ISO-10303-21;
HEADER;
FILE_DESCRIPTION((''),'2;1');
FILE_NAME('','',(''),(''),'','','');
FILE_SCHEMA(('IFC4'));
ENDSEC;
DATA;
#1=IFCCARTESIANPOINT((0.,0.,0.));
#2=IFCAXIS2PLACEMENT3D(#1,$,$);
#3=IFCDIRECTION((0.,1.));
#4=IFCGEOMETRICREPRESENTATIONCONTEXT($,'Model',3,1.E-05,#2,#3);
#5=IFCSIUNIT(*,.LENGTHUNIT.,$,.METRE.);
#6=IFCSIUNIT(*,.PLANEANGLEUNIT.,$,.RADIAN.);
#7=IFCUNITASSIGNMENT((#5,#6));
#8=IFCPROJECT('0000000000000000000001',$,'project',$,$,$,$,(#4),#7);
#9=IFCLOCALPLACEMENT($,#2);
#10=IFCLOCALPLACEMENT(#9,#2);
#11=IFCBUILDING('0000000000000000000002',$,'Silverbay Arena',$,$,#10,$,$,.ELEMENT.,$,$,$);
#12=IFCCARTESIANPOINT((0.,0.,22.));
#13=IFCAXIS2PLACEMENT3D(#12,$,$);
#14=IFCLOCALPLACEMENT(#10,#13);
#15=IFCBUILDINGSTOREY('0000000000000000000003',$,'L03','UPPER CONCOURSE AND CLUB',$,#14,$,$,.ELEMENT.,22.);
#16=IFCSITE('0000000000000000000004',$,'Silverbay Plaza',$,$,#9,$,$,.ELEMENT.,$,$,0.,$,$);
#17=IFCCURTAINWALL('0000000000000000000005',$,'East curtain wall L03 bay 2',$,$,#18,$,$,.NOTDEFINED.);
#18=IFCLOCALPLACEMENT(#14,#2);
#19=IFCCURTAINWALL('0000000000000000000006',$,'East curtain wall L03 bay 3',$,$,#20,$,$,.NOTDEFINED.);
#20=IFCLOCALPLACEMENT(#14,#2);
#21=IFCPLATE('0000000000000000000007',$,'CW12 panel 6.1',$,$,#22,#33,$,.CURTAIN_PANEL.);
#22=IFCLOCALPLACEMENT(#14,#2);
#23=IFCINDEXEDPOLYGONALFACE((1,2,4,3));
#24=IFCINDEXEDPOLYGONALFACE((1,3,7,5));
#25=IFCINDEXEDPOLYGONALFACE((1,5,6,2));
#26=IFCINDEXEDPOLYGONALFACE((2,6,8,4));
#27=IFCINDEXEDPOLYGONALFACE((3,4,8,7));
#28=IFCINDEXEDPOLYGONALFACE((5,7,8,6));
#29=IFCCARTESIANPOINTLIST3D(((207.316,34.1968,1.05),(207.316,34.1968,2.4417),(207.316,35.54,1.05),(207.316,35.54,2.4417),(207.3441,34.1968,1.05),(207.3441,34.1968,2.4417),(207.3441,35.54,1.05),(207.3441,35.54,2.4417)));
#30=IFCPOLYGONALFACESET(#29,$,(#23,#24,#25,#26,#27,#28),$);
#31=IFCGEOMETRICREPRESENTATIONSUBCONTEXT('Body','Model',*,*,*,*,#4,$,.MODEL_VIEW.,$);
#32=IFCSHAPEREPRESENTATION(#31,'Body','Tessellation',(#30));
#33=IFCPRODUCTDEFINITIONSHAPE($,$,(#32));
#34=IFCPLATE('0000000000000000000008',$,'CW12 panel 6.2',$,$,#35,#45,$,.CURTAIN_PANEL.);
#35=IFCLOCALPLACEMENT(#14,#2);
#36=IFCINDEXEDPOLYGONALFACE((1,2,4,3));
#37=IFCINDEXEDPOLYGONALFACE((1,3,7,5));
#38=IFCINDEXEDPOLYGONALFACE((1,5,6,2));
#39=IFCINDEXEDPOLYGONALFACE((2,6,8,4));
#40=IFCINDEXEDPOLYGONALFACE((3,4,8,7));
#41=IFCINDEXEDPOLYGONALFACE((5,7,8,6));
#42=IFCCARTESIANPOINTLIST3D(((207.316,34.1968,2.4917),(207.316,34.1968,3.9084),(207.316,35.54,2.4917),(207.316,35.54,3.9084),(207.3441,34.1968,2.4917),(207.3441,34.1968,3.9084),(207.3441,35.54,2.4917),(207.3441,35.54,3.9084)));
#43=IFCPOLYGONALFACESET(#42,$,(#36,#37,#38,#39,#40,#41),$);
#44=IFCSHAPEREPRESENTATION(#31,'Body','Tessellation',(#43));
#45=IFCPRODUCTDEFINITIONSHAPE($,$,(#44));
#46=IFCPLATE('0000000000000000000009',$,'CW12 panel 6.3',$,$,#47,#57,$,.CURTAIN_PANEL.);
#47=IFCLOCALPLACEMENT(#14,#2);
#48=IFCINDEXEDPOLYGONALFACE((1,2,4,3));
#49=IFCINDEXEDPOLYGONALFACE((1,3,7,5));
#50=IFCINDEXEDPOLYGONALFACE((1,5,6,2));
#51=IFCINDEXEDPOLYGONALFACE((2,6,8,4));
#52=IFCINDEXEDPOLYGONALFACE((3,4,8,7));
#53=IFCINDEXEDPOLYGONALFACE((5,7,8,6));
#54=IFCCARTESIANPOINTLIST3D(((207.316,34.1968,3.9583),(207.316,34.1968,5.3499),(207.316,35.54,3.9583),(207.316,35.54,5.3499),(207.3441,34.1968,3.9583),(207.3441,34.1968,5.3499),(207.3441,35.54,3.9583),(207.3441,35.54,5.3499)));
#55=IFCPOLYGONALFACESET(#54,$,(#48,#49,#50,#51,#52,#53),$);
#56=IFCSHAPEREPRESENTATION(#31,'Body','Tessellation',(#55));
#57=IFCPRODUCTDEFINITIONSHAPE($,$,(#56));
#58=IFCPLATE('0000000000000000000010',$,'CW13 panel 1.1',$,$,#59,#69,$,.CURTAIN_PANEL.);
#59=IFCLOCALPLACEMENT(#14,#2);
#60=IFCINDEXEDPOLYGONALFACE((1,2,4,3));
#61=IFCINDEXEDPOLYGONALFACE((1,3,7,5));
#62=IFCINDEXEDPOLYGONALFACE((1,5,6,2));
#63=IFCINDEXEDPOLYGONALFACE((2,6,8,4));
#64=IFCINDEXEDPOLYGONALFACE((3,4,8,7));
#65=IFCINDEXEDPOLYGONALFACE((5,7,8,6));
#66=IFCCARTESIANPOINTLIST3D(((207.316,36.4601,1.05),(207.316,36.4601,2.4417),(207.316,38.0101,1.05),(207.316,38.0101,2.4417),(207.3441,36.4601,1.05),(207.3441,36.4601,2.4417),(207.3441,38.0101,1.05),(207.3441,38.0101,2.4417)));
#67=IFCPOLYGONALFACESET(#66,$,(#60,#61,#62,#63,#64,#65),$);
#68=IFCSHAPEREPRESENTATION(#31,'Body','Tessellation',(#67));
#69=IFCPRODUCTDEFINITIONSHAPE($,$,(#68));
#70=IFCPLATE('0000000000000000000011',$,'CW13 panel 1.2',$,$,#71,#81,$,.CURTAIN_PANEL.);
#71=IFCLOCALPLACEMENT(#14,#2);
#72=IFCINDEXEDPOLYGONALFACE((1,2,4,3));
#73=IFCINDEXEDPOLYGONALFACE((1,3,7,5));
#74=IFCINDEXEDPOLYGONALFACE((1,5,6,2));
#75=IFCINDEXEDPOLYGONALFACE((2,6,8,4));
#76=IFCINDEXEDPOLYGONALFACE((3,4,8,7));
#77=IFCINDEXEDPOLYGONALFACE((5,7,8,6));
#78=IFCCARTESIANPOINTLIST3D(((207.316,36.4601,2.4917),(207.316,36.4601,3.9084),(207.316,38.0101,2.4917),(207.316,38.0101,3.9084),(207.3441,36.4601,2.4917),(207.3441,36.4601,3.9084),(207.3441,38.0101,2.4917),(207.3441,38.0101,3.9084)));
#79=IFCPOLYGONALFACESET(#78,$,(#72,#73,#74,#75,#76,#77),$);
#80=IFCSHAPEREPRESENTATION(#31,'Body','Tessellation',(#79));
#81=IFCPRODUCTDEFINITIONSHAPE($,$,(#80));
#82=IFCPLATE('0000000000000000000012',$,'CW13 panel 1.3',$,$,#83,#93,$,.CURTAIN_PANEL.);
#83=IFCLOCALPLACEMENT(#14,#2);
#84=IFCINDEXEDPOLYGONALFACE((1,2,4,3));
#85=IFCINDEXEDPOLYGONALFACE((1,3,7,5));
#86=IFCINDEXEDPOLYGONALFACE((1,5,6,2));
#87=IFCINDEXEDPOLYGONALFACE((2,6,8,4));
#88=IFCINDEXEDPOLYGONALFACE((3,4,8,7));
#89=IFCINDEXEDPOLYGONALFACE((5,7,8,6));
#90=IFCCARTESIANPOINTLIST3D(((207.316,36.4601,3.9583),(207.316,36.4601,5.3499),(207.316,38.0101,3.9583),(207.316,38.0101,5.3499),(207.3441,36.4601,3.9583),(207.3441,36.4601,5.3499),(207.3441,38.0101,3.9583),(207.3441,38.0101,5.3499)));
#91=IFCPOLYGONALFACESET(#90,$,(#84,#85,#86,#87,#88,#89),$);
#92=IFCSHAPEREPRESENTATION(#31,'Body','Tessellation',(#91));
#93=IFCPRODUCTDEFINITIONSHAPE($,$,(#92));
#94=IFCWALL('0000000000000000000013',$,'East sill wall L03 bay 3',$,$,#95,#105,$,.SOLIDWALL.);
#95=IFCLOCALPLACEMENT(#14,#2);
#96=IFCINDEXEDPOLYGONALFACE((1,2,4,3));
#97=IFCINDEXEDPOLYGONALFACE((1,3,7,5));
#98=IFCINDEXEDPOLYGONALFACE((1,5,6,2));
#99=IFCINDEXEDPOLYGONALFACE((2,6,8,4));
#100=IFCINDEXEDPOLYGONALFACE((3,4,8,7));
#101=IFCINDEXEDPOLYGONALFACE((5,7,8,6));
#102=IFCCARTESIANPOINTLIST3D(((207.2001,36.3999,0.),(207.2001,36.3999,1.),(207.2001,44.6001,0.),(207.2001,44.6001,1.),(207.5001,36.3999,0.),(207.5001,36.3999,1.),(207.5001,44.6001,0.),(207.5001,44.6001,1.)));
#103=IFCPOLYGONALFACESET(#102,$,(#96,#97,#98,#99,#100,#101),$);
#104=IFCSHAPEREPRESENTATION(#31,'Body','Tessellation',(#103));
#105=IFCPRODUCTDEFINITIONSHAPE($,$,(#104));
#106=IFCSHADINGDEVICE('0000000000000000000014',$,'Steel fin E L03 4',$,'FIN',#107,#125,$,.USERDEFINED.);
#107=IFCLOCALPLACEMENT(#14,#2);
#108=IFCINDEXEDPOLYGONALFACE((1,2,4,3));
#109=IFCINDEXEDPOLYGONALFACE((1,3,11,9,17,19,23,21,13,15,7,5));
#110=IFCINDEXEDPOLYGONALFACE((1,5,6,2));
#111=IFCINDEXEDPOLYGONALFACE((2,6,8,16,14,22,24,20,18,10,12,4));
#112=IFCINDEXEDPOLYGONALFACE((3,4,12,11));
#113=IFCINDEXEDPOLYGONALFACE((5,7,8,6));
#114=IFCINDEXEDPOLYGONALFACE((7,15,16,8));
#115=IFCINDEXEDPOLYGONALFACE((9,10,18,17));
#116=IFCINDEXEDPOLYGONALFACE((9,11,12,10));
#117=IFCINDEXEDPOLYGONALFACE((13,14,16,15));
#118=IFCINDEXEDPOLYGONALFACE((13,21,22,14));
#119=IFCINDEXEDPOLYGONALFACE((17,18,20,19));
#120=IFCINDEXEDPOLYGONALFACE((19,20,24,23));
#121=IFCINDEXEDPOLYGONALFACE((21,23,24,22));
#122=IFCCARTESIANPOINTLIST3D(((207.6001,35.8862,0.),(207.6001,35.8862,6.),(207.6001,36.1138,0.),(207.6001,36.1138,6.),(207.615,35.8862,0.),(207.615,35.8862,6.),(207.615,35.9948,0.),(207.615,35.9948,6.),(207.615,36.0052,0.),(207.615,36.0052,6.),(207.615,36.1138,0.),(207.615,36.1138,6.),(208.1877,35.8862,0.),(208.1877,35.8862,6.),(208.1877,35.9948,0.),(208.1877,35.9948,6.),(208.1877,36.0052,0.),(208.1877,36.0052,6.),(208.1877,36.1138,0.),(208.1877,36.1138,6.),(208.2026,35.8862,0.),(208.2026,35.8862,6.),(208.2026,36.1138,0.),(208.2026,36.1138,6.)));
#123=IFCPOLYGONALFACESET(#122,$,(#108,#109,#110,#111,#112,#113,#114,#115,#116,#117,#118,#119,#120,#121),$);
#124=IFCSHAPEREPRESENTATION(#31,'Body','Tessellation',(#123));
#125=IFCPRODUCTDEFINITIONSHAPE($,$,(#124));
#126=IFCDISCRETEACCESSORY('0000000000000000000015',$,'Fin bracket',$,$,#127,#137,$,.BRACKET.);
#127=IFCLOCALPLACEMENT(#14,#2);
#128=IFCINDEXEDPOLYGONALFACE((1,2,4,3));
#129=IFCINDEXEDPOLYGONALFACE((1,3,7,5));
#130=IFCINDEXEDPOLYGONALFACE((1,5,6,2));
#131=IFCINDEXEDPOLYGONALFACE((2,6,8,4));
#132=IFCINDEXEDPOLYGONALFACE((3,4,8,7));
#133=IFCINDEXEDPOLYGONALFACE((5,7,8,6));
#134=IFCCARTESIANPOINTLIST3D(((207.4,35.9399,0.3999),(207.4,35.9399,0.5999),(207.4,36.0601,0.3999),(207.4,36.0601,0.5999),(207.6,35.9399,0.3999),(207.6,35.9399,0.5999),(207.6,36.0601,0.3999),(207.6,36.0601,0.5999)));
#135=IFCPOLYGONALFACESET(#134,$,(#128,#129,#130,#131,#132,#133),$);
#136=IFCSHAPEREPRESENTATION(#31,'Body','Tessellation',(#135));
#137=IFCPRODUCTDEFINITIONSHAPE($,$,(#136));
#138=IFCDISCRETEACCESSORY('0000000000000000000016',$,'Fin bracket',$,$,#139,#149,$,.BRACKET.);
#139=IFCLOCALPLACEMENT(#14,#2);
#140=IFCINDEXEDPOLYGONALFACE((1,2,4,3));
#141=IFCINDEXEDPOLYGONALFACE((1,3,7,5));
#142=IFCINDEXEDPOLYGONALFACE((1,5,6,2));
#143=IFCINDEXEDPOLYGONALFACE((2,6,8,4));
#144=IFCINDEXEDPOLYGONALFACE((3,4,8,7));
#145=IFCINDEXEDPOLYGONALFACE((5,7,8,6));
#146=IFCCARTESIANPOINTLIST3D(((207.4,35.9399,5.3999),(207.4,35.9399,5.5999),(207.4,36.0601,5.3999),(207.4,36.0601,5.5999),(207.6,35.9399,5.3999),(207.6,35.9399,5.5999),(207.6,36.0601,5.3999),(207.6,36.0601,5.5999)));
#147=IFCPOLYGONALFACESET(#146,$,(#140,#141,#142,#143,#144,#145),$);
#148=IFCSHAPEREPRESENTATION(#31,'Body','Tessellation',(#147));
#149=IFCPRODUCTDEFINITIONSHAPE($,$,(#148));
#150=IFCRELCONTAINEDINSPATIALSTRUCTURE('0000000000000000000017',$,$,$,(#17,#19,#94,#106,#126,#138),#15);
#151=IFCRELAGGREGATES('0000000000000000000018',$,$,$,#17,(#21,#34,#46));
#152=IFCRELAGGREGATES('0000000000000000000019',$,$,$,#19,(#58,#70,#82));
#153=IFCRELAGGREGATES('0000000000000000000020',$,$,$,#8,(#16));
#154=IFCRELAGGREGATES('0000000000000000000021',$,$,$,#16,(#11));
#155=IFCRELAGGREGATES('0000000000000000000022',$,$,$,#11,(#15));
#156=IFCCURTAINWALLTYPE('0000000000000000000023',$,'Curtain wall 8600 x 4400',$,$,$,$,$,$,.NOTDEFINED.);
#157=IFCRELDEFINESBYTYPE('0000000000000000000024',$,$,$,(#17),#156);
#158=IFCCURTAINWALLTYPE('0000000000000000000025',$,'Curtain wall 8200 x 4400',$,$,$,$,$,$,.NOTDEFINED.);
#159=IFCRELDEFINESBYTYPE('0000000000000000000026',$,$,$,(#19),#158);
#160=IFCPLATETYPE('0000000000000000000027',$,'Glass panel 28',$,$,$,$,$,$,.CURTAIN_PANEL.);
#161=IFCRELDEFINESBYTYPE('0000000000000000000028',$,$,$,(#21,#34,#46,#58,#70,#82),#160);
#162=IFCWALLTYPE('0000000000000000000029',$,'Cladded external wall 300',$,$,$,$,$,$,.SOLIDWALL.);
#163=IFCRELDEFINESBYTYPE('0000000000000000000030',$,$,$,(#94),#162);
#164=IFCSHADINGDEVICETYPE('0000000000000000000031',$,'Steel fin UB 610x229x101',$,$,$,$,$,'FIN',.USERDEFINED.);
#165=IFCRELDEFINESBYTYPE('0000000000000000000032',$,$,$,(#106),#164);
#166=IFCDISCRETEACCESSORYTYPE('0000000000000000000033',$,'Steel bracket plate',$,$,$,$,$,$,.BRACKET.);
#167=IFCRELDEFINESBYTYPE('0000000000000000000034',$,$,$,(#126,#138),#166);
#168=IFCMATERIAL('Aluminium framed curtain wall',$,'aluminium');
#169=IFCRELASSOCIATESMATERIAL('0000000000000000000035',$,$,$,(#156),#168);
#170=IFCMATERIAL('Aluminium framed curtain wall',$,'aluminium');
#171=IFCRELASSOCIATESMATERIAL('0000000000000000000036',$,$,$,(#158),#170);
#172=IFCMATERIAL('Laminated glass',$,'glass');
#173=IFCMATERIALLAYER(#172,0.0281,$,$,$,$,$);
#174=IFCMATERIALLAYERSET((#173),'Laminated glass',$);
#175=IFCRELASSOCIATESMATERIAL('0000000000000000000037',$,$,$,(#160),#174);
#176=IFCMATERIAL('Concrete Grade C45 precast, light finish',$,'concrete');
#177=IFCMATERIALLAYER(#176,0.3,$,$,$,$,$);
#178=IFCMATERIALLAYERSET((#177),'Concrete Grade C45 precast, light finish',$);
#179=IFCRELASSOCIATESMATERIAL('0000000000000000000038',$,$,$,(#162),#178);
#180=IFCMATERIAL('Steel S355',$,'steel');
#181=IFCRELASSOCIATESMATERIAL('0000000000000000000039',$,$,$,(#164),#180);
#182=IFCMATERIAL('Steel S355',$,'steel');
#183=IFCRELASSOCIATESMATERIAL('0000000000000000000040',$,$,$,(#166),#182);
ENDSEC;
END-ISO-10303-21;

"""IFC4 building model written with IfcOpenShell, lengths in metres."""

from ifc_helpers import new_model, si_unit, direction, frame, frame_2d, origin, origin_2d, place, context, subcontext, project, spatial, rectangle, i_section, extrude, material, layer, layer_set, material_profile, profile_set, type_object, element, aggregate, save


model = new_model("IFC4")

# Units and contexts
model_context = context("Model", 3, precision=1e-05, world=origin(), true_north=direction((0.0, 1.0)))
body_context = subcontext(model_context, "Body", "Model", "MODEL_VIEW")
ifc_project = project(units=[si_unit("LENGTHUNIT", "METRE"), si_unit("PLANEANGLEUNIT", "RADIAN")], contexts=[model_context])

# Site, building, storey
site_placement = place(None, origin())
site = spatial("IfcSite", under=ifc_project, at=site_placement, Name="Silverbay Plaza", CompositionType="ELEMENT", RefElevation=0.0)
building_placement = place(site_placement, origin())
building = spatial("IfcBuilding", under=site, at=building_placement, Name="Silverbay Arena", CompositionType="ELEMENT")
storey_placement = place(building_placement, frame((0.0, 0.0, 22.0)))
storey = spatial("IfcBuildingStorey", under=building, at=storey_placement, Name="L03", Description="UPPER CONCOURSE AND CLUB", CompositionType="ELEMENT", Elevation=22.0)

# Curtain walls
ifc_material_1 = material(Name="Aluminium framed curtain wall", Category="aluminium")
curtain_wall_type_1 = type_object("IfcCurtainWallType", Name="Curtain wall 8600 x 4400", PredefinedType="NOTDEFINED", material=ifc_material_1)
curtain_wall_1_placement = place(storey_placement, origin())
curtain_wall_1 = element("IfcCurtainWall", 1, at=curtain_wall_1_placement, inside=storey, type_object=curtain_wall_type_1, Name="East curtain wall L03 bay 2", PredefinedType="NOTDEFINED")
ifc_material_2 = material(Name="Aluminium framed curtain wall", Category="aluminium")
curtain_wall_type_2 = type_object("IfcCurtainWallType", Name="Curtain wall 8200 x 4400", PredefinedType="NOTDEFINED", material=ifc_material_2)
curtain_wall_2_placement = place(storey_placement, origin())
curtain_wall_2 = element("IfcCurtainWall", 2, at=curtain_wall_2_placement, inside=storey, type_object=curtain_wall_type_2, Name="East curtain wall L03 bay 3", PredefinedType="NOTDEFINED")

# Plates
ifc_material_3 = material(Name="Laminated glass", Category="glass")
ifc_layer_1 = layer(ifc_material_3, 0.0281)
ifc_layer_set_1 = layer_set([ifc_layer_1], Name="Laminated glass")
plate_type = type_object("IfcPlateType", Name="Glass panel 28", PredefinedType="CURTAIN_PANEL", material=ifc_layer_set_1)
plate_1_placement = place(storey_placement, frame((207.3301, 34.8684, 1.05), z_axis=(0.0, 0.0, 1.0), x_axis=(0.0, 1.0, 0.0)))
plate_1 = element("IfcPlate", 3, at=plate_1_placement, type_object=plate_type, Name="CW12 panel 6.1", PredefinedType="CURTAIN_PANEL", context=body_context, shape_type="SweptSolid", body=[
    extrude(rectangle(XDim=1.3433, YDim=0.0281, at=origin_2d()), origin(), (0.0, 0.0, 1.0), 1.3916),
])
plate_2_placement = place(storey_placement, frame((207.3301, 34.8684, 2.4917), z_axis=(0.0, 0.0, 1.0), x_axis=(0.0, 1.0, 0.0)))
plate_2 = element("IfcPlate", 4, at=plate_2_placement, type_object=plate_type, Name="CW12 panel 6.2", PredefinedType="CURTAIN_PANEL", context=body_context, shape_type="SweptSolid", body=[
    extrude(rectangle(XDim=1.3433, YDim=0.0281, at=origin_2d()), origin(), (0.0, 0.0, 1.0), 1.4167),
])
plate_3_placement = place(storey_placement, frame((207.3301, 34.8684, 3.9583), z_axis=(0.0, 0.0, 1.0), x_axis=(0.0, 1.0, 0.0)))
plate_3 = element("IfcPlate", 5, at=plate_3_placement, type_object=plate_type, Name="CW12 panel 6.3", PredefinedType="CURTAIN_PANEL", context=body_context, shape_type="SweptSolid", body=[
    extrude(rectangle(XDim=1.3433, YDim=0.0281, at=origin_2d()), origin(), (0.0, 0.0, 1.0), 1.3916),
])
aggregate(curtain_wall_1, [plate_1, plate_2, plate_3])
plate_4_placement = place(storey_placement, frame((207.3301, 37.2351, 1.05), z_axis=(0.0, 0.0, 1.0), x_axis=(0.0, 1.0, 0.0)))
plate_4 = element("IfcPlate", 6, at=plate_4_placement, type_object=plate_type, Name="CW13 panel 1.1", PredefinedType="CURTAIN_PANEL", context=body_context, shape_type="SweptSolid", body=[
    extrude(rectangle(XDim=1.55, YDim=0.0281, at=origin_2d()), origin(), (0.0, 0.0, 1.0), 1.3916),
])
plate_5_placement = place(storey_placement, frame((207.3301, 37.2351, 2.4917), z_axis=(0.0, 0.0, 1.0), x_axis=(0.0, 1.0, 0.0)))
plate_5 = element("IfcPlate", 7, at=plate_5_placement, type_object=plate_type, Name="CW13 panel 1.2", PredefinedType="CURTAIN_PANEL", context=body_context, shape_type="SweptSolid", body=[
    extrude(rectangle(XDim=1.55, YDim=0.0281, at=origin_2d()), origin(), (0.0, 0.0, 1.0), 1.4167),
])
plate_6_placement = place(storey_placement, frame((207.3301, 37.2351, 3.9583), z_axis=(0.0, 0.0, 1.0), x_axis=(0.0, 1.0, 0.0)))
plate_6 = element("IfcPlate", 8, at=plate_6_placement, type_object=plate_type, Name="CW13 panel 1.3", PredefinedType="CURTAIN_PANEL", context=body_context, shape_type="SweptSolid", body=[
    extrude(rectangle(XDim=1.55, YDim=0.0281, at=origin_2d()), origin(), (0.0, 0.0, 1.0), 1.3916),
])
aggregate(curtain_wall_2, [plate_4, plate_5, plate_6])

# Wall
ifc_material_4 = material(Name="Concrete Grade C45 precast, light finish", Category="concrete")
ifc_layer_2 = layer(ifc_material_4, 0.3)
ifc_layer_set_2 = layer_set([ifc_layer_2], Name="Concrete Grade C45 precast, light finish")
wall_type = type_object("IfcWallType", Name="Cladded external wall 300", PredefinedType="SOLIDWALL", material=ifc_layer_set_2)
wall_placement = place(storey_placement, frame((207.3501, 36.3999, 0.0), z_axis=(0.0, 0.0, 1.0), x_axis=(0.0, 1.0, 0.0)))
element("IfcWall", 9, at=wall_placement, inside=storey, type_object=wall_type, Name="East sill wall L03 bay 3", PredefinedType="SOLIDWALL", context=body_context, shape_type="SweptSolid", body=[
    extrude(rectangle(XDim=8.2002, YDim=0.3, at=frame_2d((4.1001, 0.0))), origin(), (0.0, 0.0, 1.0), 1.0),
])

# Shading device
ifc_material_5 = material(Name="Steel S355", Category="steel")
ifc_material_profile_1 = material_profile(ifc_material_5, i_section(OverallWidth=0.2275, OverallDepth=0.6025, WebThickness=0.0105, FlangeThickness=0.0149, at=origin_2d()), Name="UB 610x229x101")
ifc_profile_set_1 = profile_set([ifc_material_profile_1], Name="Steel S355")
shading_device_type = type_object("IfcShadingDeviceType", Name="Steel fin UB 610x229x101", ElementType="FIN", PredefinedType="USERDEFINED", material=ifc_profile_set_1)
shading_device_placement = place(storey_placement, frame((207.9014, 36.0, 0.0), z_axis=(0.0, 0.0, 1.0), x_axis=(0.0, 1.0, 0.0)))
element("IfcShadingDevice", 10, at=shading_device_placement, inside=storey, type_object=shading_device_type, Name="Steel fin E L03 4", ObjectType="FIN", PredefinedType="USERDEFINED", context=body_context, shape_type="SweptSolid", body=[
    extrude(i_section(OverallWidth=0.2275, OverallDepth=0.6025, WebThickness=0.0105, FlangeThickness=0.0149, at=origin_2d()), origin(), (0.0, 0.0, 1.0), 6.0),
])

# Discrete accessories
ifc_material_6 = material(Name="Steel S355", Category="steel")
discrete_accessory_type = type_object("IfcDiscreteAccessoryType", Name="Steel bracket plate", PredefinedType="BRACKET", material=ifc_material_6)
for number, where, z_axis, x_axis, name in (
    (11, (207.5, 36.0, 0.3999), (0.0, 0.0, 1.0), (1.0, 0.0, 0.0), "Fin bracket"),
    (12, (207.5, 36.0, 5.3999), (0.0, 0.0, 1.0), (1.0, 0.0, 0.0), "Fin bracket"),
):
    element("IfcDiscreteAccessory", number, at=place(storey_placement, frame(where, z_axis=z_axis, x_axis=x_axis)), inside=storey, type_object=discrete_accessory_type, Name=name, PredefinedType="BRACKET", context=body_context, shape_type="SweptSolid", body=[
        extrude(rectangle(XDim=0.2, YDim=0.1201, at=origin_2d()), origin(), (0.0, 0.0, 1.0), 0.2),
    ])

save(model, "model.ifc")
